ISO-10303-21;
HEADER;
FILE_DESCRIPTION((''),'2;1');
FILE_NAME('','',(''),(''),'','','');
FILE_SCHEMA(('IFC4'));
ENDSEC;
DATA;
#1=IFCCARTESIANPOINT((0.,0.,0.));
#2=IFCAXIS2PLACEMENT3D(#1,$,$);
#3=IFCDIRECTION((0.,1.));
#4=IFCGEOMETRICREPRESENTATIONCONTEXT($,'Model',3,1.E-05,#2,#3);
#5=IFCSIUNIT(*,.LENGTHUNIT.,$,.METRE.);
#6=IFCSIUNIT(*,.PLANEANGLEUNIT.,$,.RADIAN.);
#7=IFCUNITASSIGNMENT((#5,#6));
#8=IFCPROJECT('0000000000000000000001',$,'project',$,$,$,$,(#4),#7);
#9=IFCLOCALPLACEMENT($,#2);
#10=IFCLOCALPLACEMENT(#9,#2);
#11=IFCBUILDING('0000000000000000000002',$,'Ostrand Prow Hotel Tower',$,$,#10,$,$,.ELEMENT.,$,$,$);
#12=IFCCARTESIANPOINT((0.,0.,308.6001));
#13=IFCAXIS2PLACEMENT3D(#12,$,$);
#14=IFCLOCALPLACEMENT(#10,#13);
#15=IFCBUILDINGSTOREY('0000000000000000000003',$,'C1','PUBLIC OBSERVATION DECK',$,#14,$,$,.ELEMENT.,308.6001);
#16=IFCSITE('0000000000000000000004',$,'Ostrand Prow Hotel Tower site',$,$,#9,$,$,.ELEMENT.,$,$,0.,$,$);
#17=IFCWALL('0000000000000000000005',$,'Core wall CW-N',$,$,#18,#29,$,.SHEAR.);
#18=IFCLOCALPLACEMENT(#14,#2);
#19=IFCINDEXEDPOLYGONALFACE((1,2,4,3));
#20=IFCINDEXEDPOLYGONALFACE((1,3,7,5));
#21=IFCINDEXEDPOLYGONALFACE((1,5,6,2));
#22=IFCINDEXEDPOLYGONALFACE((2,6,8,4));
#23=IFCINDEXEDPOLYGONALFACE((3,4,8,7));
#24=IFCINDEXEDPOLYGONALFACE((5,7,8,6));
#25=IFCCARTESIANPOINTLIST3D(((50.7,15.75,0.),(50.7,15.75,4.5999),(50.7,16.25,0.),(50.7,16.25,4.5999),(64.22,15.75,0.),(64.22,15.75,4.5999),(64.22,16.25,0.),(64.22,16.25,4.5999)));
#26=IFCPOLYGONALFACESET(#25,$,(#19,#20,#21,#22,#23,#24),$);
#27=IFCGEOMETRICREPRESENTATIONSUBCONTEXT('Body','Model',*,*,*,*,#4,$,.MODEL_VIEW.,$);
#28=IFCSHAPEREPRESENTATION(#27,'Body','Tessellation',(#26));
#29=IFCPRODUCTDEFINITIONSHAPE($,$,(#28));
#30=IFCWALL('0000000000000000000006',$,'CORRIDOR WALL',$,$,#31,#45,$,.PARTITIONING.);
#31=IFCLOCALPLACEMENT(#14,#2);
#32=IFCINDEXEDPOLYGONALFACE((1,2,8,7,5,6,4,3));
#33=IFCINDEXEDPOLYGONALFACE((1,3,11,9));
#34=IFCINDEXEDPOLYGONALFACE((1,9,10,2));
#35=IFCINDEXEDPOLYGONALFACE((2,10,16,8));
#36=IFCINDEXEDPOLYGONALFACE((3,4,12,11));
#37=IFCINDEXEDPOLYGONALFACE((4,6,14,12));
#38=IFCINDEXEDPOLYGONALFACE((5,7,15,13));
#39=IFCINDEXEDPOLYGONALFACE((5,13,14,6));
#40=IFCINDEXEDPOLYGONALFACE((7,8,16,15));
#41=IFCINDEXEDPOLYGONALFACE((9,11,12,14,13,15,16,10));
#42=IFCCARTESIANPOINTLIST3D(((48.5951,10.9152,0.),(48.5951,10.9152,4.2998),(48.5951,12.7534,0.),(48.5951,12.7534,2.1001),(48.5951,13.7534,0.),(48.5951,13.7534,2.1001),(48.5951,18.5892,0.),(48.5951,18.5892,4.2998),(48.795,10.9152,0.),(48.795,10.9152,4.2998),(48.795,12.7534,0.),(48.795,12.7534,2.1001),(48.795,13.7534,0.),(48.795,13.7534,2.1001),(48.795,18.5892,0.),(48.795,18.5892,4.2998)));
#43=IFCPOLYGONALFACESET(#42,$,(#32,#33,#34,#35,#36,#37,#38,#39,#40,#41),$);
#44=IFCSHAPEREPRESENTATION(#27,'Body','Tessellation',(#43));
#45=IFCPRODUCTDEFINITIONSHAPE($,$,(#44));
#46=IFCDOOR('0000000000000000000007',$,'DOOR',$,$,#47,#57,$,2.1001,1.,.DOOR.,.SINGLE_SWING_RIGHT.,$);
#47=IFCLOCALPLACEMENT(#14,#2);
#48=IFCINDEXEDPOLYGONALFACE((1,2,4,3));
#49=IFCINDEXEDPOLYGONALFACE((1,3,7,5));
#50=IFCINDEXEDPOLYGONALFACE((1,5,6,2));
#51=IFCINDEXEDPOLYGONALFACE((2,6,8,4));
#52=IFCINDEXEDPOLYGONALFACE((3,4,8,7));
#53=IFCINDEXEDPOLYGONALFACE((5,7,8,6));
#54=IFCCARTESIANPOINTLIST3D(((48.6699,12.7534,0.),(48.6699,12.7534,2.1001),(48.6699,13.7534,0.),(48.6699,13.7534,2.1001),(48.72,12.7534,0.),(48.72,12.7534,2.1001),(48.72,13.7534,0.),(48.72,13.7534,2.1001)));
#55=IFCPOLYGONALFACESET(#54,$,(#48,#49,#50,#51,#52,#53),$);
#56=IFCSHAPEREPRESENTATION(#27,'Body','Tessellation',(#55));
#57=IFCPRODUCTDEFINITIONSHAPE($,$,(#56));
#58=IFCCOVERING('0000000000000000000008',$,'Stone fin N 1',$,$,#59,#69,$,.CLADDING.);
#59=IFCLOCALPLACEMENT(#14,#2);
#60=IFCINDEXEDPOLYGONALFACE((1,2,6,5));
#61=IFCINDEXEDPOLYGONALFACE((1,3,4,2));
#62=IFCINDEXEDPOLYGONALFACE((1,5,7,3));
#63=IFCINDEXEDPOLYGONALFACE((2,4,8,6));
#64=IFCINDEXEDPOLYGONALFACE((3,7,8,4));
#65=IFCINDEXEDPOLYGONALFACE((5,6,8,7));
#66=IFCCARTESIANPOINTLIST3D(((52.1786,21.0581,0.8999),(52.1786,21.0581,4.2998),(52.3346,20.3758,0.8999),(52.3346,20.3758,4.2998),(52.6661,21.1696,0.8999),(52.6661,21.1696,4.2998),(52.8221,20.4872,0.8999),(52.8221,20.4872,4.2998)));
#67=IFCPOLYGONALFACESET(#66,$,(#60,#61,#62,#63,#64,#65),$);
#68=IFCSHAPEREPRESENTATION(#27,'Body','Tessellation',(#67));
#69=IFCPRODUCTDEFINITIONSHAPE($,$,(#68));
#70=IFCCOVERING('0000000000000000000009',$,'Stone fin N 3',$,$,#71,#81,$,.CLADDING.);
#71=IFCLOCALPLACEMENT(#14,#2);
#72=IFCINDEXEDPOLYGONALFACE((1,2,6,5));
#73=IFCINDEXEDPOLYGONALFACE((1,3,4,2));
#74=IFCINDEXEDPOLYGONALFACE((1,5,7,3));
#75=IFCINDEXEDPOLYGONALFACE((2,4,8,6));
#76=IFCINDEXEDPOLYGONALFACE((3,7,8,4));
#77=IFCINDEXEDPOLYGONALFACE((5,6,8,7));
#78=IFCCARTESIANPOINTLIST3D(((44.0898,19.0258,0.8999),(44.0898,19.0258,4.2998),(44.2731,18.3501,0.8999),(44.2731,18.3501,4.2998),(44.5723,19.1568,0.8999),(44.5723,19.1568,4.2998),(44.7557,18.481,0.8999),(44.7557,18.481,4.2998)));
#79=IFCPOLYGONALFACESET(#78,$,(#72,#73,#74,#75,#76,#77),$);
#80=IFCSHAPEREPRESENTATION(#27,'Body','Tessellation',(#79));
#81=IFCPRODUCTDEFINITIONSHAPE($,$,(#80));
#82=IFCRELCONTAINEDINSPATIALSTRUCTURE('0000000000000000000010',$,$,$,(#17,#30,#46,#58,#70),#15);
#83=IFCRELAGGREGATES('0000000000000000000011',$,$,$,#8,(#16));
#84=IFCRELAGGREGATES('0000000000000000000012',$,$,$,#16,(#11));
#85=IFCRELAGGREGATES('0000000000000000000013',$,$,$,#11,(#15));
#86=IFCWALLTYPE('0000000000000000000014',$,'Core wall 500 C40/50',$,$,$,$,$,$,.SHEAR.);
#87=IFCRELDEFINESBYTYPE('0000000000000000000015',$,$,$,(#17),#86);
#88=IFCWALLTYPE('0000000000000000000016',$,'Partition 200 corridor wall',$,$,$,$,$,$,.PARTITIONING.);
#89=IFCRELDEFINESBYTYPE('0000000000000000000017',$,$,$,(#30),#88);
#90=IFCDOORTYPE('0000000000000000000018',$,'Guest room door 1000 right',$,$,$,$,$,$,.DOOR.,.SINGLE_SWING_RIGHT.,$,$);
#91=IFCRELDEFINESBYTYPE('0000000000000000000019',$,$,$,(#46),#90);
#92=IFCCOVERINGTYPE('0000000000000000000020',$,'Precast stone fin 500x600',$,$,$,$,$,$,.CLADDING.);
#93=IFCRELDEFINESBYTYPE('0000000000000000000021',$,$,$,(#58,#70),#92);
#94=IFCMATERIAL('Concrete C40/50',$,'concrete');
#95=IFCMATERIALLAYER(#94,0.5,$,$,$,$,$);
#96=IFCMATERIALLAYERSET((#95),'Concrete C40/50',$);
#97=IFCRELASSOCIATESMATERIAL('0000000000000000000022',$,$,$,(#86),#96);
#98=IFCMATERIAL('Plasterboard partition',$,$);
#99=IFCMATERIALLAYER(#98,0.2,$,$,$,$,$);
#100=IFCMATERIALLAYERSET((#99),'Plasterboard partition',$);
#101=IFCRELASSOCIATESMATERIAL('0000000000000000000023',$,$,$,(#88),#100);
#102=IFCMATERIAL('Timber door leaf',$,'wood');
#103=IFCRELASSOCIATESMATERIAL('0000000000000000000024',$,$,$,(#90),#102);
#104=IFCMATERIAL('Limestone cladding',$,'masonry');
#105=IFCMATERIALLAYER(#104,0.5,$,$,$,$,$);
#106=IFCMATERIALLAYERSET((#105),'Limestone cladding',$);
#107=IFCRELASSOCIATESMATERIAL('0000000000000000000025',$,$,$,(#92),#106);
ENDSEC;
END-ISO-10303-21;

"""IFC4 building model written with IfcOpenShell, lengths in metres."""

from ifc_helpers import new_model, si_unit, direction, frame, frame_2d, origin, place, context, subcontext, project, spatial, rectangle, extrude, material, layer, layer_set, type_object, element, fill, save


model = new_model("IFC4")

# Units and contexts
model_context = context("Model", 3, precision=1e-05, world=origin(), true_north=direction((0.0, 1.0)))
body_context = subcontext(model_context, "Body", "Model", "MODEL_VIEW")
ifc_project = project(units=[si_unit("LENGTHUNIT", "METRE"), si_unit("PLANEANGLEUNIT", "RADIAN")], contexts=[model_context])

# Site, building, storey
site_placement = place(None, origin())
site = spatial("IfcSite", under=ifc_project, at=site_placement, Name="Ostrand Prow Hotel Tower site", CompositionType="ELEMENT", RefElevation=0.0)
building_placement = place(site_placement, origin())
building = spatial("IfcBuilding", under=site, at=building_placement, Name="Ostrand Prow Hotel Tower", CompositionType="ELEMENT")
storey_placement = place(building_placement, frame((0.0, 0.0, 308.6001)))
storey = spatial("IfcBuildingStorey", under=building, at=storey_placement, Name="C1", Description="PUBLIC OBSERVATION DECK", CompositionType="ELEMENT", Elevation=308.6001)

# Wall
ifc_material_1 = material(Name="Concrete C40/50", Category="concrete")
ifc_layer_1 = layer(ifc_material_1, 0.5)
ifc_layer_set_1 = layer_set([ifc_layer_1], Name="Concrete C40/50")
wall_type_1 = type_object("IfcWallType", Name="Core wall 500 C40/50", PredefinedType="SHEAR", material=ifc_layer_set_1)
wall_1_placement = place(storey_placement, frame((50.7, 16.0, 0.0), z_axis=(0.0, 0.0, 1.0), x_axis=(1.0, 0.0, 0.0)))
element("IfcWall", 1, at=wall_1_placement, inside=storey, type_object=wall_type_1, Name="Core wall CW-N", PredefinedType="SHEAR", context=body_context, shape_type="SweptSolid", body=[
    extrude(rectangle(XDim=13.52, YDim=0.5, at=frame_2d((6.76, 0.0))), origin(), (0.0, 0.0, 1.0), 4.5999),
])

# Wall, opening, door
ifc_material_2 = material(Name="Plasterboard partition")
ifc_layer_2 = layer(ifc_material_2, 0.2)
ifc_layer_set_2 = layer_set([ifc_layer_2], Name="Plasterboard partition")
wall_type_2 = type_object("IfcWallType", Name="Partition 200 corridor wall", PredefinedType="PARTITIONING", material=ifc_layer_set_2)
wall_2_placement = place(storey_placement, frame((48.6951, 18.5891, 0.0), z_axis=(0.0, 0.0, 1.0), x_axis=(0.0, -1.0, 0.0)))
wall_2 = element("IfcWall", 2, at=wall_2_placement, inside=storey, type_object=wall_type_2, Name="CORRIDOR WALL", PredefinedType="PARTITIONING", context=body_context, shape_type="SweptSolid", body=[
    extrude(rectangle(XDim=7.6741, YDim=0.2, at=frame_2d((3.8369, 0.0))), origin(), (0.0, 0.0, 1.0), 4.2998),
])
opening_placement = place(wall_2_placement, frame((4.8357, 0.0, 0.0)))
opening = element("IfcOpeningElement", 3, at=opening_placement, cuts=wall_2, PredefinedType="OPENING", context=body_context, shape_type="SweptSolid", body=[
    extrude(rectangle(XDim=1.0, YDim=2.1001, at=frame_2d((0.5, 1.05))), frame((0.0, 0.1099, 0.0), z_axis=(0.0, -1.0, 0.0), x_axis=(1.0, 0.0, 0.0)), (0.0, 0.0, 1.0), 0.22),
])
ifc_material_3 = material(Name="Timber door leaf", Category="wood")
door_type = type_object("IfcDoorType", Name="Guest room door 1000 right", OperationType="SINGLE_SWING_RIGHT", PredefinedType="DOOR", material=ifc_material_3)
door_placement = place(opening_placement, origin())
door = element("IfcDoor", 4, at=door_placement, inside=storey, type_object=door_type, Name="DOOR", OperationType="SINGLE_SWING_RIGHT", OverallHeight=2.1001, OverallWidth=1.0, PredefinedType="DOOR", context=body_context, shape_type="SweptSolid", body=[
    extrude(rectangle(XDim=1.0, YDim=2.1001, at=frame_2d((0.5, 1.05))), frame((0.0, 0.0249, 0.0), z_axis=(0.0, -1.0, 0.0), x_axis=(1.0, 0.0, 0.0)), (0.0, 0.0, 1.0), 0.05),
])
fill(opening, door)

# Coverings
ifc_material_4 = material(Name="Limestone cladding", Category="masonry")
ifc_layer_3 = layer(ifc_material_4, 0.5)
ifc_layer_set_3 = layer_set([ifc_layer_3], Name="Limestone cladding")
covering_type = type_object("IfcCoveringType", Name="Precast stone fin 500x600", PredefinedType="CLADDING", material=ifc_layer_set_3)
covering_1_placement = place(storey_placement, frame((52.5784, 20.4314, 0.8999), z_axis=(0.0, 0.0, 1.0), x_axis=(-0.222872, 0.974848, 0.0)))
element("IfcCovering", 5, at=covering_1_placement, inside=storey, type_object=covering_type, Name="Stone fin N 1", PredefinedType="CLADDING", context=body_context, shape_type="SweptSolid", body=[
    extrude(rectangle(XDim=0.7, YDim=0.5, at=frame_2d((0.3501, 0.0))), origin(), (0.0, 0.0, 1.0), 3.3999),
])
covering_2_placement = place(storey_placement, frame((44.5144, 18.4155, 0.8999), z_axis=(0.0, 0.0, 1.0), x_axis=(-0.261849, 0.965109, 0.0)))
element("IfcCovering", 6, at=covering_2_placement, inside=storey, type_object=covering_type, Name="Stone fin N 3", PredefinedType="CLADDING", context=body_context, shape_type="SweptSolid", body=[
    extrude(rectangle(XDim=0.7002, YDim=0.5, at=frame_2d((0.3501, 0.0))), origin(), (0.0, 0.0, 1.0), 3.3999),
])

save(model, "model.ifc")
